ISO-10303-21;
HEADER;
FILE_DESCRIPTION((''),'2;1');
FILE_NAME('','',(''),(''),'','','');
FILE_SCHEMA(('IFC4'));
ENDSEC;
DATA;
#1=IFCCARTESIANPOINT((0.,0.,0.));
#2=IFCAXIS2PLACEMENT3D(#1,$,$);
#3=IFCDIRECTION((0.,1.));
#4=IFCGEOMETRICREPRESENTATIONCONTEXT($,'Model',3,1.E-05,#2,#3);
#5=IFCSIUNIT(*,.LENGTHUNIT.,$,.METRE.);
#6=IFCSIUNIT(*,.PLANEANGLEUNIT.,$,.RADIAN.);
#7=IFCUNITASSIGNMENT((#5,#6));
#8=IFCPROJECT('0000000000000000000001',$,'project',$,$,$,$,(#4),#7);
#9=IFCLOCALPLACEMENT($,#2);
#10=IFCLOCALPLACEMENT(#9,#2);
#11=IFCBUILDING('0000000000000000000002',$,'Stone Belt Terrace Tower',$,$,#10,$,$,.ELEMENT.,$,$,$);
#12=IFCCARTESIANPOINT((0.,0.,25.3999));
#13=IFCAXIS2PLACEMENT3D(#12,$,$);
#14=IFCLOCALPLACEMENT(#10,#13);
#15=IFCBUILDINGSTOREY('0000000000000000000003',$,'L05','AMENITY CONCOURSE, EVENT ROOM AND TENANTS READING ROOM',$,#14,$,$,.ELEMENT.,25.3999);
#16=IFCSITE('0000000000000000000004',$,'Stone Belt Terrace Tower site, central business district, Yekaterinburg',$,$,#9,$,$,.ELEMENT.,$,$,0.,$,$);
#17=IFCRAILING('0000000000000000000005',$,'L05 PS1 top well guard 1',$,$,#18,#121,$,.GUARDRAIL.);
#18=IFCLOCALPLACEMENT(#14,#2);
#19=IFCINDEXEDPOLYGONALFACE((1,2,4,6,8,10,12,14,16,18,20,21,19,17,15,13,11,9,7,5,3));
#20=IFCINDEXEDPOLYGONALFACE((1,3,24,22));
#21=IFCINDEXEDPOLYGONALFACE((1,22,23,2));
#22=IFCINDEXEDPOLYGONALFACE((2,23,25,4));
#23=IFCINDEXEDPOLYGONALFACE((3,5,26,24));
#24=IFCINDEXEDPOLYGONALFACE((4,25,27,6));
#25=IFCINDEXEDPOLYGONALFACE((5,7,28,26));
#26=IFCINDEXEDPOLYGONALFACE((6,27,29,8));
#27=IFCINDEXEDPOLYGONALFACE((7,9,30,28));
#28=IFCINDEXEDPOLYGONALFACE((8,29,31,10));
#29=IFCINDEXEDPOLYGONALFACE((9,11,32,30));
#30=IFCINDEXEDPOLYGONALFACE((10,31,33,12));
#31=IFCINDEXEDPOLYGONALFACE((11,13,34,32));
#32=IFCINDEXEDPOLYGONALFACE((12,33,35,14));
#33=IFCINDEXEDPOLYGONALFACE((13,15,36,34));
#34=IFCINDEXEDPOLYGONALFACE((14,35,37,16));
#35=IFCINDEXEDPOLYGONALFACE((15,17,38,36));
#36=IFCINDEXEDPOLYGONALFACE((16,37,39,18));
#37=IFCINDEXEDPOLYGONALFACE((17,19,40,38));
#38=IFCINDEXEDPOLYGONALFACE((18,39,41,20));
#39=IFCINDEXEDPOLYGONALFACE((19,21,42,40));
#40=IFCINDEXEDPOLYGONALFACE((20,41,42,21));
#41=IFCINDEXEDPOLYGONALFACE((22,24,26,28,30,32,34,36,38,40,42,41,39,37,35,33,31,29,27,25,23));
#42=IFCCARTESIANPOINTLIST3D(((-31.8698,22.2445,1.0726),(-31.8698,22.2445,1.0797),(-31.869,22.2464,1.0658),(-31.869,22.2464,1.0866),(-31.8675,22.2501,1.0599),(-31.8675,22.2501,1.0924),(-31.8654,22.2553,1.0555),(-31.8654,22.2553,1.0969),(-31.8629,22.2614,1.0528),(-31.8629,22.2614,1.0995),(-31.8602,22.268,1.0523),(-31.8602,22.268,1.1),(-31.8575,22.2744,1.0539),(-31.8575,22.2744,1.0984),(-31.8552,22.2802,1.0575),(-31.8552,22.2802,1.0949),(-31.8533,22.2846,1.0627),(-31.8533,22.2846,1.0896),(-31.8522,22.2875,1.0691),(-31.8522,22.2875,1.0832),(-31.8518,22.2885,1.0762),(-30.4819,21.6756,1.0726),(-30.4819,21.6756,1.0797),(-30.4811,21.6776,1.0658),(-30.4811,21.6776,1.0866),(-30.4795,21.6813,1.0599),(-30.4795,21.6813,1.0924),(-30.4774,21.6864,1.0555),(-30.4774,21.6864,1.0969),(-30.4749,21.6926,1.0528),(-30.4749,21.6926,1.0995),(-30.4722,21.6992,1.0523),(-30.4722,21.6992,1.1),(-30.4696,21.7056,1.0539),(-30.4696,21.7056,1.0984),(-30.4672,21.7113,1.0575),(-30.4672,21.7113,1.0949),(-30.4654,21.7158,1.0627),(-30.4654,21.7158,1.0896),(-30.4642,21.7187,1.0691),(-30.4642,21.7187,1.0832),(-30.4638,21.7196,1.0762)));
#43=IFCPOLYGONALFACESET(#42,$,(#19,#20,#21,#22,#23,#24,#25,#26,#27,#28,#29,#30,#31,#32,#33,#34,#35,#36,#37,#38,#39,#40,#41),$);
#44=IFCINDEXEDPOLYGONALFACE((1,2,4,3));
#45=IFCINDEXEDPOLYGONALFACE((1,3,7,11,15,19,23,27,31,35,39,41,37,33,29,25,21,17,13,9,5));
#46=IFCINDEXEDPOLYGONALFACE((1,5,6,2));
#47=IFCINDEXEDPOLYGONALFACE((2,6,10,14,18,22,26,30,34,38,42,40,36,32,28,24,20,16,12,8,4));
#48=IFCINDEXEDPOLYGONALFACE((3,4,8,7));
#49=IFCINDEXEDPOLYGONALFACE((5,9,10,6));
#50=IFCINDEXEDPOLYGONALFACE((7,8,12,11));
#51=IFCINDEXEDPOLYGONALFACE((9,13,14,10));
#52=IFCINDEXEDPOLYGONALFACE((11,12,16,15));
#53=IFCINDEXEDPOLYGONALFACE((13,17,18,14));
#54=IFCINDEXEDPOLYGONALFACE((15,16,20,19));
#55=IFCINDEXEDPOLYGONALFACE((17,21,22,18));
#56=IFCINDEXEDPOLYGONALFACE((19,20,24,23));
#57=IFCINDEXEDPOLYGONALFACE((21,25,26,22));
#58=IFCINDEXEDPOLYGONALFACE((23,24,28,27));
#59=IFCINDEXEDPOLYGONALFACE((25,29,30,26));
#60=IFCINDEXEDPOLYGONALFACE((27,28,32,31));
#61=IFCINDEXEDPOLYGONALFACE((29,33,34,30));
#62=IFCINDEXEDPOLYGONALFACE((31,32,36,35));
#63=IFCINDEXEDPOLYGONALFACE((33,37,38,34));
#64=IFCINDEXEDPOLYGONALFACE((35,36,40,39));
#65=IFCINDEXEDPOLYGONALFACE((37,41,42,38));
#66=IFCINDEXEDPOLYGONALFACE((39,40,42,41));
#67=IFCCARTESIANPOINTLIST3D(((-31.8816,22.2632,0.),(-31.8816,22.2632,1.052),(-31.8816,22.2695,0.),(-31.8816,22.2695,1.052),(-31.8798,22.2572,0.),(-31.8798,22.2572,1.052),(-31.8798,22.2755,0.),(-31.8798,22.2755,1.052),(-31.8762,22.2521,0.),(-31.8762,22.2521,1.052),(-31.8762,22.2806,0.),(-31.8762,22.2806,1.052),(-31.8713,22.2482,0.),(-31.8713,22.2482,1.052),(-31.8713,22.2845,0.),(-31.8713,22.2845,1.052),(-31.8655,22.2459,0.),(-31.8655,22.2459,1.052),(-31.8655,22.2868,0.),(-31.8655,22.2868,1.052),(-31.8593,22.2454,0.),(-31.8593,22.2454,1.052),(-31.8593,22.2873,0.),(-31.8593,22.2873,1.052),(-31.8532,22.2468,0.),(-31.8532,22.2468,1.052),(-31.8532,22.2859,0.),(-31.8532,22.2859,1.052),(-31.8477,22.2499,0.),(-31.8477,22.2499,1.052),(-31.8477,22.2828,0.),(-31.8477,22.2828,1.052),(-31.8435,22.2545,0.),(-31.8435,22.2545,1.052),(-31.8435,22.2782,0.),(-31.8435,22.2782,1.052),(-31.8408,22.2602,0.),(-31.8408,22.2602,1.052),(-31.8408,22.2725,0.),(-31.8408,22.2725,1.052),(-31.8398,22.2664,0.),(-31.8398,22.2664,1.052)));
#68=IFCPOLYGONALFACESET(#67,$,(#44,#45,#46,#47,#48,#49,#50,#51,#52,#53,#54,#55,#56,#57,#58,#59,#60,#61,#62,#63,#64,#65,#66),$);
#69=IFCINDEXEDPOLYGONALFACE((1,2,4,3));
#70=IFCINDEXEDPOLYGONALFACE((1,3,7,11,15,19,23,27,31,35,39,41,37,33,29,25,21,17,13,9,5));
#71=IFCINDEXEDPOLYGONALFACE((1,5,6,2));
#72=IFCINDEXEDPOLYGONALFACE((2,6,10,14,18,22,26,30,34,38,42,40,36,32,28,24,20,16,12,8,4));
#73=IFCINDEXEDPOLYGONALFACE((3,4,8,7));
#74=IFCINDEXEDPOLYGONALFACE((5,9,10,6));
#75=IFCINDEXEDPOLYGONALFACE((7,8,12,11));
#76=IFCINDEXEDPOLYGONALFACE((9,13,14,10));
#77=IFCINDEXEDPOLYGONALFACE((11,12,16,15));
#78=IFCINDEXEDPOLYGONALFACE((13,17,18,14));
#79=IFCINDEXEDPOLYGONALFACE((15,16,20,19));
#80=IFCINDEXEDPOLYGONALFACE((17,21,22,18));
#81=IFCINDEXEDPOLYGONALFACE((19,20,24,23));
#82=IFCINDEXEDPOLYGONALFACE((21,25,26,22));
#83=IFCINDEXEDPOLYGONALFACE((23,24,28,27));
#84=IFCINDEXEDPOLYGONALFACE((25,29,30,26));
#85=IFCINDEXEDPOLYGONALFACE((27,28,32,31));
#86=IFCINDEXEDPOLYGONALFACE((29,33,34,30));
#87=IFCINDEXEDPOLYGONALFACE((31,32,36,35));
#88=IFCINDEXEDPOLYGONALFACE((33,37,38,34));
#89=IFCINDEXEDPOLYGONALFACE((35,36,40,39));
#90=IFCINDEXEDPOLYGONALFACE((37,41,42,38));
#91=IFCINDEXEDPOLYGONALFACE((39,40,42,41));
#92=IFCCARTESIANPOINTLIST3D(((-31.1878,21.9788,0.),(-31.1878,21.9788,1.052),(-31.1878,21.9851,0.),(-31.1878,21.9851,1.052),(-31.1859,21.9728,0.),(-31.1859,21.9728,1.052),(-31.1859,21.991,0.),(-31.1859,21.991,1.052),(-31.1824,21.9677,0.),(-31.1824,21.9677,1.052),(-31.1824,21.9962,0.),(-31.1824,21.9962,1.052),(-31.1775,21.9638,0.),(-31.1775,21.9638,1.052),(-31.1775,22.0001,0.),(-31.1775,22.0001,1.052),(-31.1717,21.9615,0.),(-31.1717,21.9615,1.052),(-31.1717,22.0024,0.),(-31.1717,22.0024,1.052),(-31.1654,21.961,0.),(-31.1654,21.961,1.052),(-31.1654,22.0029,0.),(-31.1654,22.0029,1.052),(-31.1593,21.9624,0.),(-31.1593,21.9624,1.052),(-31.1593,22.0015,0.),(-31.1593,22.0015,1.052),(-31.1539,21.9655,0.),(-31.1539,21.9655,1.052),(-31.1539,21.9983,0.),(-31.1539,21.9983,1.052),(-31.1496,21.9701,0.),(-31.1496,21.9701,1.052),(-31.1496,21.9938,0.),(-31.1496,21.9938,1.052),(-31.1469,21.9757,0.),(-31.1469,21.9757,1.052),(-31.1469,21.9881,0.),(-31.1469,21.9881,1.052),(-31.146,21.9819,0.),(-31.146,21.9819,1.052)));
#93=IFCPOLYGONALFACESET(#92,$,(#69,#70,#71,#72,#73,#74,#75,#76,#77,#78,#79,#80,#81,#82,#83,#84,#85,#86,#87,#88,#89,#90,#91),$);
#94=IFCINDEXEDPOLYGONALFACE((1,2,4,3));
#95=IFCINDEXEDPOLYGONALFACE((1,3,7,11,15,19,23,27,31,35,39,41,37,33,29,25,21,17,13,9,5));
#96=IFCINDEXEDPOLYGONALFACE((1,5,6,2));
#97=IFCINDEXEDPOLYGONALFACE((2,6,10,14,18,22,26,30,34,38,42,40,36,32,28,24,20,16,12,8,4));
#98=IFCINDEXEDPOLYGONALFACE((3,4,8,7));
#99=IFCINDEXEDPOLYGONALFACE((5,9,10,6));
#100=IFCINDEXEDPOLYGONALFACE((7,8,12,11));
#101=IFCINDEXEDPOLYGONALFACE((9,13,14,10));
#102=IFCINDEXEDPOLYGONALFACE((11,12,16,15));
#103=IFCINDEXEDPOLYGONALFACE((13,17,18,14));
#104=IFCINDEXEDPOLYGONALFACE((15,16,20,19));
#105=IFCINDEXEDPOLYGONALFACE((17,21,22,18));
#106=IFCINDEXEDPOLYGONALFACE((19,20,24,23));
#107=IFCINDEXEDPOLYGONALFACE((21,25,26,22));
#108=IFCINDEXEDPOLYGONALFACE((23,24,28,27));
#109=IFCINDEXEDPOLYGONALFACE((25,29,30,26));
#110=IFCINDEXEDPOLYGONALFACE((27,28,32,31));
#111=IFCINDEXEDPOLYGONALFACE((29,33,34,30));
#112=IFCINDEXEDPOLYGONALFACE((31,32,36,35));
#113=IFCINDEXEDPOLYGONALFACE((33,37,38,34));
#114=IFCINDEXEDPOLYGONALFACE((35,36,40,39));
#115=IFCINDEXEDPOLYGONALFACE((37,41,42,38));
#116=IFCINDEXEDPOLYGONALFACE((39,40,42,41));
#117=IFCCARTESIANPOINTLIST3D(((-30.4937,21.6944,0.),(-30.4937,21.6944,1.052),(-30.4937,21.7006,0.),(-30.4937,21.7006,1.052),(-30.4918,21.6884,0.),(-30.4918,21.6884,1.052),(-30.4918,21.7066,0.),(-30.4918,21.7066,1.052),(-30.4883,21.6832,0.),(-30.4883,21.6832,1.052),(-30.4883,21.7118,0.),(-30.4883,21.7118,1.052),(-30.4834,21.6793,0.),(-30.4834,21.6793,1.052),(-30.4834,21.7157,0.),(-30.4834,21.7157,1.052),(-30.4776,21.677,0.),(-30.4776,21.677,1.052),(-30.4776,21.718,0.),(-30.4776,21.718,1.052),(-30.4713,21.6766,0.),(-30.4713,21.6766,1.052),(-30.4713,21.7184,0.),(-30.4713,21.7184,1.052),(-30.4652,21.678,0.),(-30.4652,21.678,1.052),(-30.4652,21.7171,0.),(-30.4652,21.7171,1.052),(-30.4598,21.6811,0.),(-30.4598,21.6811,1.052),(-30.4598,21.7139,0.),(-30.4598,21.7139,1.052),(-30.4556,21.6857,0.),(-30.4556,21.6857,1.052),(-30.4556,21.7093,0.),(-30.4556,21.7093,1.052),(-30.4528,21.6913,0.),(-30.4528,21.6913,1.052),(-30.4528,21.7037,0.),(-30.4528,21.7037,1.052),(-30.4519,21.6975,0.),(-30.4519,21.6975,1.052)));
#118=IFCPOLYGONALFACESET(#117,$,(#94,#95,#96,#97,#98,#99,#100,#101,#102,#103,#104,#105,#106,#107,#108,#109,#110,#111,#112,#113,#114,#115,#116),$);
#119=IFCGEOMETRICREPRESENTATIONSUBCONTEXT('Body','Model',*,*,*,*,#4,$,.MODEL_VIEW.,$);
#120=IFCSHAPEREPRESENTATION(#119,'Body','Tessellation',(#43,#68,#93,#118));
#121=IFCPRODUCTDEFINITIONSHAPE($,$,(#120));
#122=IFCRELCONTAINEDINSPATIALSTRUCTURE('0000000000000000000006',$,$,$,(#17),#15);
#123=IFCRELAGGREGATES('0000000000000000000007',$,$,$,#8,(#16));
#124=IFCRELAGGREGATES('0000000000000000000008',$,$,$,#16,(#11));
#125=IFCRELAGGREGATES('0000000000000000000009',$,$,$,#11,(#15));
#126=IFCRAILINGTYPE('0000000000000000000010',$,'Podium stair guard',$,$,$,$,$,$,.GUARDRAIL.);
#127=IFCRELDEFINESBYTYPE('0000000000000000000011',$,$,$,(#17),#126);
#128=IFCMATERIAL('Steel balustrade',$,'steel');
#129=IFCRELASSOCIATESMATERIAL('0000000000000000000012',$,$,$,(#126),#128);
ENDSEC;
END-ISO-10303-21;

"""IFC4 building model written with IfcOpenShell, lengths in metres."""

from ifc_helpers import new_model, si_unit, direction, frame, origin, origin_2d, place, context, subcontext, project, spatial, circle, extrude, material, type_object, element, save


model = new_model("IFC4")

# Units and contexts
model_context = context("Model", 3, precision=1e-05, world=origin(), true_north=direction((0.0, 1.0)))
body_context = subcontext(model_context, "Body", "Model", "MODEL_VIEW")
ifc_project = project(units=[si_unit("LENGTHUNIT", "METRE"), si_unit("PLANEANGLEUNIT", "RADIAN")], contexts=[model_context])

# Site, building, storey
site_placement = place(None, origin())
site = spatial("IfcSite", under=ifc_project, at=site_placement, Name="Stone Belt Terrace Tower site, central business district, Yekaterinburg", CompositionType="ELEMENT", RefElevation=0.0)
building_placement = place(site_placement, origin())
building = spatial("IfcBuilding", under=site, at=building_placement, Name="Stone Belt Terrace Tower", CompositionType="ELEMENT")
storey_placement = place(building_placement, frame((0.0, 0.0, 25.3999)))
storey = spatial("IfcBuildingStorey", under=building, at=storey_placement, Name="L05", Description="AMENITY CONCOURSE, EVENT ROOM AND TENANTS READING ROOM", CompositionType="ELEMENT", Elevation=25.3999)

# Railing
ifc_material_1 = material(Name="Steel balustrade", Category="steel")
railing_type = type_object("IfcRailingType", Name="Podium stair guard", PredefinedType="GUARDRAIL", material=ifc_material_1)
railing_placement = place(storey_placement, frame((-31.8608, 22.2664, 0.0)))
element("IfcRailing", 1, at=railing_placement, inside=storey, type_object=railing_type, Name="L05 PS1 top well guard 1", PredefinedType="GUARDRAIL", context=body_context, shape_type="SweptSolid", body=[
    extrude(circle(Radius=0.0239, at=origin_2d()), frame((0.0, 0.0, 1.0762), z_axis=(0.9253, -0.379235, 0.0), x_axis=(0.379235, 0.9253, 0.0)), (0.0, 0.0, 1.0), 1.5),
    extrude(circle(Radius=0.021, at=origin_2d()), origin(), (0.0, 0.0, 1.0), 1.052),
    extrude(circle(Radius=0.021, at=origin_2d()), frame((0.6938, -0.2844, 0.0)), (0.0, 0.0, 1.0), 1.052),
    extrude(circle(Radius=0.021, at=origin_2d()), frame((1.3879, -0.5688, 0.0)), (0.0, 0.0, 1.0), 1.052),
])

save(model, "model.ifc")
